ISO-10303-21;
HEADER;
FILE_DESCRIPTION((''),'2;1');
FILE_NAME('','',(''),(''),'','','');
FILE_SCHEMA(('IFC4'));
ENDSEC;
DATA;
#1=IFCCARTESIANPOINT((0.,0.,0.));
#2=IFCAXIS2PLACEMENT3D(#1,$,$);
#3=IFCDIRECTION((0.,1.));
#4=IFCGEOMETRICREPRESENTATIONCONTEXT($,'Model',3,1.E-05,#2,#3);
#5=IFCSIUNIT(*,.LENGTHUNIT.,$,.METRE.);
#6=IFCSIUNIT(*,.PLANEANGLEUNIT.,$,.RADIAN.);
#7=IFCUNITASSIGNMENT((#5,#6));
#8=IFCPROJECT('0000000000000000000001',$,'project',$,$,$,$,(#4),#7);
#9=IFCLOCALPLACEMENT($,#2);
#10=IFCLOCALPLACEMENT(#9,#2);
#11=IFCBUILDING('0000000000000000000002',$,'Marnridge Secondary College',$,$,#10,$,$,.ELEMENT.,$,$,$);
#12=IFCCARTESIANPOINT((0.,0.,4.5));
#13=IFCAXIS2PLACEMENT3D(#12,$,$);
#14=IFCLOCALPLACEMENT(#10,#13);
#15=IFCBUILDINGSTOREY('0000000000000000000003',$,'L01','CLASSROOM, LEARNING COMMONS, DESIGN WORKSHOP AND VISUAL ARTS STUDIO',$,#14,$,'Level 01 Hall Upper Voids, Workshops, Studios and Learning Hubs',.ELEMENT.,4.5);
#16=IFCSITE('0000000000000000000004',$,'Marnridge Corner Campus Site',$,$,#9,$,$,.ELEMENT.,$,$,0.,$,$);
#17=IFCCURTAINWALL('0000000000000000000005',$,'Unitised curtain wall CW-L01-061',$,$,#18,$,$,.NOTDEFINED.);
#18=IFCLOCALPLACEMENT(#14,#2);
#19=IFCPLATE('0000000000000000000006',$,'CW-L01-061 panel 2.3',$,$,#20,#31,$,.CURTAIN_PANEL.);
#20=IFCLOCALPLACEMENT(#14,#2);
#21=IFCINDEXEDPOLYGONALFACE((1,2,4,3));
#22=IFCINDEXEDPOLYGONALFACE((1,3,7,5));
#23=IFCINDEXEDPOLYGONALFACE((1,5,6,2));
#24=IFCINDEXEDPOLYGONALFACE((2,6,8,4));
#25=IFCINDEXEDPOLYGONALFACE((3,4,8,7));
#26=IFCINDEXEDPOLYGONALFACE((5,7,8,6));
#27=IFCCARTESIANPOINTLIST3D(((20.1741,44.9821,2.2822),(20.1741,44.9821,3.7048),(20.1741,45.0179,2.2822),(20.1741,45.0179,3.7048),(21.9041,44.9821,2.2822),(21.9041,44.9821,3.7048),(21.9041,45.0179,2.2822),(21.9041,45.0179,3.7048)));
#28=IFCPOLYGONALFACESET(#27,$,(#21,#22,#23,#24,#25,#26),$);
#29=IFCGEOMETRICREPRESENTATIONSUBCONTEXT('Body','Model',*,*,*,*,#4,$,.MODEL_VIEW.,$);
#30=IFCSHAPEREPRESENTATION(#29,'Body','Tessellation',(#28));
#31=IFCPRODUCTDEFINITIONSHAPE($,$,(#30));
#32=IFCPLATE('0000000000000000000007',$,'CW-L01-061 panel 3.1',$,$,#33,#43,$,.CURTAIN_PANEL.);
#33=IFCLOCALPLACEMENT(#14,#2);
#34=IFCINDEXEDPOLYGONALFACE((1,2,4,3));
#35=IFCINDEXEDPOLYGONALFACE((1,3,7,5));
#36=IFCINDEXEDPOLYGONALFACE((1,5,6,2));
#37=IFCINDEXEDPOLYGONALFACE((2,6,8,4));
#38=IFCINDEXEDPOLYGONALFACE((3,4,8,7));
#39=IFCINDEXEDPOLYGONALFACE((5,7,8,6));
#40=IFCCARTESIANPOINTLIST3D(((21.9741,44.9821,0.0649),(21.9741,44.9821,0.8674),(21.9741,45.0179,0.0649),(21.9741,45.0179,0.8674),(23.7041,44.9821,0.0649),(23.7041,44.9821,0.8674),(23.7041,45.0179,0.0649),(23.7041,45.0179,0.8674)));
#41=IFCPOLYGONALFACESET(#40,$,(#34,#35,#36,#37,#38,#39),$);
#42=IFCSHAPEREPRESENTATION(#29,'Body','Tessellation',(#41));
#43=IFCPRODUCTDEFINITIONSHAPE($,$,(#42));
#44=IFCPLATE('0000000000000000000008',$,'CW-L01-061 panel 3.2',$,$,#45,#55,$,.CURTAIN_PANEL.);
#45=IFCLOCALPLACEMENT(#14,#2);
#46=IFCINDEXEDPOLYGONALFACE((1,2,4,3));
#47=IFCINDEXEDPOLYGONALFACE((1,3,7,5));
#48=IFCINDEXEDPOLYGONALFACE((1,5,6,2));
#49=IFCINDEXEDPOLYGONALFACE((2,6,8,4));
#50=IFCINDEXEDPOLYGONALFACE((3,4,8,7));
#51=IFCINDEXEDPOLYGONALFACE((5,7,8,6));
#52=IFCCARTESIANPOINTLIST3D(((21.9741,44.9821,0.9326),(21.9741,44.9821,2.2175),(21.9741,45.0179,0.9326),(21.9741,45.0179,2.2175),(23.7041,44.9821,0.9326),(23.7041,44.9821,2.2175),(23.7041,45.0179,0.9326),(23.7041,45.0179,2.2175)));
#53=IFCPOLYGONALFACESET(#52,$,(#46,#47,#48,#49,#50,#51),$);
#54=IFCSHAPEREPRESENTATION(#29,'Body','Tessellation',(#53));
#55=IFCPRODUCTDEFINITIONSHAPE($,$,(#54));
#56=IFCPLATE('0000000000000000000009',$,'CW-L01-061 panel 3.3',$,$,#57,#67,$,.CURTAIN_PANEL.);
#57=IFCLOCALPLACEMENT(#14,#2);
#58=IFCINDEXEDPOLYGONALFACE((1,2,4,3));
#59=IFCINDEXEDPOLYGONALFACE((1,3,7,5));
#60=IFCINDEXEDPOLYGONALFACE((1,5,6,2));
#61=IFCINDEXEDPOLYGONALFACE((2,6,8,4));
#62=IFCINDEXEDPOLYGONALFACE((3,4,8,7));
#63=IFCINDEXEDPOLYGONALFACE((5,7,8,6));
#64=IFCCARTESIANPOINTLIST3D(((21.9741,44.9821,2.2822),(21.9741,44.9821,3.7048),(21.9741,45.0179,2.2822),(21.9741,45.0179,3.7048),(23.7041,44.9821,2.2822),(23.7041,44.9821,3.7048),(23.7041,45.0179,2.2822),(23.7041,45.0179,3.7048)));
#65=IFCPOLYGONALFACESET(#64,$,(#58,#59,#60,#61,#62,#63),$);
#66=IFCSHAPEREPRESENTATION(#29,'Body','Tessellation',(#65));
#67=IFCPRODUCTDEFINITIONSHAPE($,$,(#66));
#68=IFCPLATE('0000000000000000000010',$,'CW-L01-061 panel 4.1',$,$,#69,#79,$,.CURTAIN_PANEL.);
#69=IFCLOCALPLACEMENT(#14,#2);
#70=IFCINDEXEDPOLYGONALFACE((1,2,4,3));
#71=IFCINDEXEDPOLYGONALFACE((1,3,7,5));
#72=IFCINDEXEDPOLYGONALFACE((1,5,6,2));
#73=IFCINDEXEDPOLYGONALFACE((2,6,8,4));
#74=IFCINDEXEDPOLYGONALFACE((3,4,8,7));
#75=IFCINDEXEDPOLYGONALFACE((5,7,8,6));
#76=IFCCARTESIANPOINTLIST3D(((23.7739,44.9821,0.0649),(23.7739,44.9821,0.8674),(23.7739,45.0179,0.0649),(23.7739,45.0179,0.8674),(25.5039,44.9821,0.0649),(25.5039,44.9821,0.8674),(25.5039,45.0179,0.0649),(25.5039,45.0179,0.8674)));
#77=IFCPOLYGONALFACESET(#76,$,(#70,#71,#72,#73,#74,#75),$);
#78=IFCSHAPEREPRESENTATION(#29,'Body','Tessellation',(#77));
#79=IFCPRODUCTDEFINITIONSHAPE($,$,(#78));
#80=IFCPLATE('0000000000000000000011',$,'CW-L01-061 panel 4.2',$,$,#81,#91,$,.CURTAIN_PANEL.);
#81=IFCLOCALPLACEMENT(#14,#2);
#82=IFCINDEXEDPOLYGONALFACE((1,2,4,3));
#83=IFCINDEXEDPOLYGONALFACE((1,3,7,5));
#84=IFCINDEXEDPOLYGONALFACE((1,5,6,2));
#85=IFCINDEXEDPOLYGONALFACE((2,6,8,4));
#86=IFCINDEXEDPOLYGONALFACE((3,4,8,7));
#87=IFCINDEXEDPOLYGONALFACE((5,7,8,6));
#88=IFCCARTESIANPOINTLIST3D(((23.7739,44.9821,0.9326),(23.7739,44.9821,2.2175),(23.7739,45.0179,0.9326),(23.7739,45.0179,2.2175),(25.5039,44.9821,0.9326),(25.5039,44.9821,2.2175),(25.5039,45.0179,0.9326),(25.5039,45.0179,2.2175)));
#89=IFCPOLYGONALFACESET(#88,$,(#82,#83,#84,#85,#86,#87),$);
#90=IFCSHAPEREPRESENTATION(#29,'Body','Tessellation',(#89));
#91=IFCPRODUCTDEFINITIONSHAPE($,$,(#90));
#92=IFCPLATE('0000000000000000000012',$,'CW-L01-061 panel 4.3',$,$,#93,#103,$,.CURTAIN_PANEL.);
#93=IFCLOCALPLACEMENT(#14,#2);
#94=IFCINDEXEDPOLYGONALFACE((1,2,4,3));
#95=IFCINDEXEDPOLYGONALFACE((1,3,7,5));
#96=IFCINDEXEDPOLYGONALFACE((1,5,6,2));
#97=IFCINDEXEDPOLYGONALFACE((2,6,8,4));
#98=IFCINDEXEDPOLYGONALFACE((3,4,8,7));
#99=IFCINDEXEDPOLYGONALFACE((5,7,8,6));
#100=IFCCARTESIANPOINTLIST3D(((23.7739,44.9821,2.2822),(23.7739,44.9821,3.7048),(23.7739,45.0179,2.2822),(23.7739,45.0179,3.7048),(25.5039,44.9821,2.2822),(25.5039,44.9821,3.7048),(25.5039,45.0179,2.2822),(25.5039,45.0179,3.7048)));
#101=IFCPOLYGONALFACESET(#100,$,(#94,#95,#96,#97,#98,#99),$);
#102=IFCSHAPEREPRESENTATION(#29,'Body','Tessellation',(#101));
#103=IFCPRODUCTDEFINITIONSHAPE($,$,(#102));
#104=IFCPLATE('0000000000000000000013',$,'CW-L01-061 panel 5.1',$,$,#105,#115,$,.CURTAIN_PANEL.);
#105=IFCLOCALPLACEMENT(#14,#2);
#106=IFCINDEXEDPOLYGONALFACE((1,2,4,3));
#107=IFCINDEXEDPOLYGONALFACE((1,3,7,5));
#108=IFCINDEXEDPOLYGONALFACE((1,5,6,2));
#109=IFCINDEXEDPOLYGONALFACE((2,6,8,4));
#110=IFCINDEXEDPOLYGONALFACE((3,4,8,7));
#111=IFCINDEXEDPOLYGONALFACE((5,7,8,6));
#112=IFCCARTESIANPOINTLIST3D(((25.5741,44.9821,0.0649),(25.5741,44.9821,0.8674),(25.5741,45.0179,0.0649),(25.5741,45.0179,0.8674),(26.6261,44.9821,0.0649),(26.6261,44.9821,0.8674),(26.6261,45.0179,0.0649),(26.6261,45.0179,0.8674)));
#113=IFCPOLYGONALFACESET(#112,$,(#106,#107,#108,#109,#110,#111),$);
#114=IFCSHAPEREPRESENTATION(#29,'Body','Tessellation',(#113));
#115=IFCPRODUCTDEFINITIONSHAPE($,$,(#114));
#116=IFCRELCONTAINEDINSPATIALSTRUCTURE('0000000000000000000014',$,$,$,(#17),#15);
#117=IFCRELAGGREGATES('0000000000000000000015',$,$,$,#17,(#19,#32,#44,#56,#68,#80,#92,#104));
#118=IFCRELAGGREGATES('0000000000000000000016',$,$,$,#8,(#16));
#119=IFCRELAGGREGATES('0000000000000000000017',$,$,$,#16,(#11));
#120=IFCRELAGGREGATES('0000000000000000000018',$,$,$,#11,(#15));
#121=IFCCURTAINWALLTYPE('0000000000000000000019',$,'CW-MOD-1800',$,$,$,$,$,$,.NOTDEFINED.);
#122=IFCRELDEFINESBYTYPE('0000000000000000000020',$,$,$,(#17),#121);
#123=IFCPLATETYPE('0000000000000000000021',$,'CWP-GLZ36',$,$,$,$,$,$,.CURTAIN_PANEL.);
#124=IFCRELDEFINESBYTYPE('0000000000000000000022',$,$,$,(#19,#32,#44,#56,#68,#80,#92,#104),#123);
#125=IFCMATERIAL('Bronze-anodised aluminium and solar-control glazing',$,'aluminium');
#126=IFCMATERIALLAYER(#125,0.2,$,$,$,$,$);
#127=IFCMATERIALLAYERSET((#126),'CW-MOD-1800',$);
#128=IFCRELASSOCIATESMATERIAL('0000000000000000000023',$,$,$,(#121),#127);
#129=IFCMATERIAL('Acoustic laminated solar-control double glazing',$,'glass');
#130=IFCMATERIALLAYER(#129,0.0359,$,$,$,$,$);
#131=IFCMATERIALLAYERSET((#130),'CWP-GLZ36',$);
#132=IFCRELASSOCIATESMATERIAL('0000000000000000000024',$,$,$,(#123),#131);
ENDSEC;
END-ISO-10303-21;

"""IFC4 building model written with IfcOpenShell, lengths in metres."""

from ifc_helpers import new_model, si_unit, direction, frame, origin, origin_2d, place, context, subcontext, project, spatial, rectangle, extrude, material, layer, layer_set, type_object, element, aggregate, save


model = new_model("IFC4")

# Units and contexts
model_context = context("Model", 3, precision=1e-05, world=origin(), true_north=direction((0.0, 1.0)))
body_context = subcontext(model_context, "Body", "Model", "MODEL_VIEW")
ifc_project = project(units=[si_unit("LENGTHUNIT", "METRE"), si_unit("PLANEANGLEUNIT", "RADIAN")], contexts=[model_context])

# Site, building, storey
site_placement = place(None, origin())
site = spatial("IfcSite", under=ifc_project, at=site_placement, Name="Marnridge Corner Campus Site", CompositionType="ELEMENT", RefElevation=0.0)
building_placement = place(site_placement, origin())
building = spatial("IfcBuilding", under=site, at=building_placement, Name="Marnridge Secondary College", CompositionType="ELEMENT")
storey_placement = place(building_placement, frame((0.0, 0.0, 4.5)))
storey = spatial("IfcBuildingStorey", under=building, at=storey_placement, Name="L01", Description="CLASSROOM, LEARNING COMMONS, DESIGN WORKSHOP AND VISUAL ARTS STUDIO", LongName="Level 01 Hall Upper Voids, Workshops, Studios and Learning Hubs", CompositionType="ELEMENT", Elevation=4.5)

# Curtain wall, plates
ifc_material_1 = material(Name="Bronze-anodised aluminium and solar-control glazing", Category="aluminium")
ifc_layer_1 = layer(ifc_material_1, 0.2)
ifc_layer_set_1 = layer_set([ifc_layer_1], Name="CW-MOD-1800")
curtain_wall_type = type_object("IfcCurtainWallType", Name="CW-MOD-1800", PredefinedType="NOTDEFINED", material=ifc_layer_set_1)
curtain_wall_placement = place(storey_placement, origin())
curtain_wall = element("IfcCurtainWall", 1, at=curtain_wall_placement, inside=storey, type_object=curtain_wall_type, Name="Unitised curtain wall CW-L01-061", PredefinedType="NOTDEFINED")
ifc_material_2 = material(Name="Acoustic laminated solar-control double glazing", Category="glass")
ifc_layer_2 = layer(ifc_material_2, 0.0359)
ifc_layer_set_2 = layer_set([ifc_layer_2], Name="CWP-GLZ36")
plate_type = type_object("IfcPlateType", Name="CWP-GLZ36", PredefinedType="CURTAIN_PANEL", material=ifc_layer_set_2)
plate_1_placement = place(storey_placement, frame((21.0391, 45.0, 2.2822), z_axis=(0.0, 0.0, 1.0), x_axis=(1.0, 0.0, 0.0)))
plate_1 = element("IfcPlate", 2, at=plate_1_placement, type_object=plate_type, Name="CW-L01-061 panel 2.3", PredefinedType="CURTAIN_PANEL", context=body_context, shape_type="SweptSolid", body=[
    extrude(rectangle(XDim=1.73, YDim=0.0359, at=origin_2d()), origin(), (0.0, 0.0, 1.0), 1.4226),
])
plate_2_placement = place(storey_placement, frame((22.8391, 45.0, 0.0649), z_axis=(0.0, 0.0, 1.0), x_axis=(1.0, 0.0, 0.0)))
plate_2 = element("IfcPlate", 3, at=plate_2_placement, type_object=plate_type, Name="CW-L01-061 panel 3.1", PredefinedType="CURTAIN_PANEL", context=body_context, shape_type="SweptSolid", body=[
    extrude(rectangle(XDim=1.73, YDim=0.0359, at=origin_2d()), origin(), (0.0, 0.0, 1.0), 0.8025),
])
plate_3_placement = place(storey_placement, frame((22.8391, 45.0, 0.9326), z_axis=(0.0, 0.0, 1.0), x_axis=(1.0, 0.0, 0.0)))
plate_3 = element("IfcPlate", 4, at=plate_3_placement, type_object=plate_type, Name="CW-L01-061 panel 3.2", PredefinedType="CURTAIN_PANEL", context=body_context, shape_type="SweptSolid", body=[
    extrude(rectangle(XDim=1.73, YDim=0.0359, at=origin_2d()), origin(), (0.0, 0.0, 1.0), 1.2849),
])
plate_4_placement = place(storey_placement, frame((22.8391, 45.0, 2.2822), z_axis=(0.0, 0.0, 1.0), x_axis=(1.0, 0.0, 0.0)))
plate_4 = element("IfcPlate", 5, at=plate_4_placement, type_object=plate_type, Name="CW-L01-061 panel 3.3", PredefinedType="CURTAIN_PANEL", context=body_context, shape_type="SweptSolid", body=[
    extrude(rectangle(XDim=1.73, YDim=0.0359, at=origin_2d()), origin(), (0.0, 0.0, 1.0), 1.4226),
])
plate_5_placement = place(storey_placement, frame((24.6389, 45.0, 0.0649), z_axis=(0.0, 0.0, 1.0), x_axis=(1.0, 0.0, 0.0)))
plate_5 = element("IfcPlate", 6, at=plate_5_placement, type_object=plate_type, Name="CW-L01-061 panel 4.1", PredefinedType="CURTAIN_PANEL", context=body_context, shape_type="SweptSolid", body=[
    extrude(rectangle(XDim=1.73, YDim=0.0359, at=origin_2d()), origin(), (0.0, 0.0, 1.0), 0.8025),
])
plate_6_placement = place(storey_placement, frame((24.6389, 45.0, 0.9326), z_axis=(0.0, 0.0, 1.0), x_axis=(1.0, 0.0, 0.0)))
plate_6 = element("IfcPlate", 7, at=plate_6_placement, type_object=plate_type, Name="CW-L01-061 panel 4.2", PredefinedType="CURTAIN_PANEL", context=body_context, shape_type="SweptSolid", body=[
    extrude(rectangle(XDim=1.73, YDim=0.0359, at=origin_2d()), origin(), (0.0, 0.0, 1.0), 1.2849),
])
plate_7_placement = place(storey_placement, frame((24.6389, 45.0, 2.2822), z_axis=(0.0, 0.0, 1.0), x_axis=(1.0, 0.0, 0.0)))
plate_7 = element("IfcPlate", 8, at=plate_7_placement, type_object=plate_type, Name="CW-L01-061 panel 4.3", PredefinedType="CURTAIN_PANEL", context=body_context, shape_type="SweptSolid", body=[
    extrude(rectangle(XDim=1.73, YDim=0.0359, at=origin_2d()), origin(), (0.0, 0.0, 1.0), 1.4226),
])
plate_8_placement = place(storey_placement, frame((26.1001, 45.0, 0.0649), z_axis=(0.0, 0.0, 1.0), x_axis=(1.0, 0.0, 0.0)))
plate_8 = element("IfcPlate", 9, at=plate_8_placement, type_object=plate_type, Name="CW-L01-061 panel 5.1", PredefinedType="CURTAIN_PANEL", context=body_context, shape_type="SweptSolid", body=[
    extrude(rectangle(XDim=1.052, YDim=0.0359, at=origin_2d()), origin(), (0.0, 0.0, 1.0), 0.8025),
])
aggregate(curtain_wall, [plate_1, plate_2, plate_3, plate_4, plate_5, plate_6, plate_7, plate_8])

save(model, "model.ifc")
